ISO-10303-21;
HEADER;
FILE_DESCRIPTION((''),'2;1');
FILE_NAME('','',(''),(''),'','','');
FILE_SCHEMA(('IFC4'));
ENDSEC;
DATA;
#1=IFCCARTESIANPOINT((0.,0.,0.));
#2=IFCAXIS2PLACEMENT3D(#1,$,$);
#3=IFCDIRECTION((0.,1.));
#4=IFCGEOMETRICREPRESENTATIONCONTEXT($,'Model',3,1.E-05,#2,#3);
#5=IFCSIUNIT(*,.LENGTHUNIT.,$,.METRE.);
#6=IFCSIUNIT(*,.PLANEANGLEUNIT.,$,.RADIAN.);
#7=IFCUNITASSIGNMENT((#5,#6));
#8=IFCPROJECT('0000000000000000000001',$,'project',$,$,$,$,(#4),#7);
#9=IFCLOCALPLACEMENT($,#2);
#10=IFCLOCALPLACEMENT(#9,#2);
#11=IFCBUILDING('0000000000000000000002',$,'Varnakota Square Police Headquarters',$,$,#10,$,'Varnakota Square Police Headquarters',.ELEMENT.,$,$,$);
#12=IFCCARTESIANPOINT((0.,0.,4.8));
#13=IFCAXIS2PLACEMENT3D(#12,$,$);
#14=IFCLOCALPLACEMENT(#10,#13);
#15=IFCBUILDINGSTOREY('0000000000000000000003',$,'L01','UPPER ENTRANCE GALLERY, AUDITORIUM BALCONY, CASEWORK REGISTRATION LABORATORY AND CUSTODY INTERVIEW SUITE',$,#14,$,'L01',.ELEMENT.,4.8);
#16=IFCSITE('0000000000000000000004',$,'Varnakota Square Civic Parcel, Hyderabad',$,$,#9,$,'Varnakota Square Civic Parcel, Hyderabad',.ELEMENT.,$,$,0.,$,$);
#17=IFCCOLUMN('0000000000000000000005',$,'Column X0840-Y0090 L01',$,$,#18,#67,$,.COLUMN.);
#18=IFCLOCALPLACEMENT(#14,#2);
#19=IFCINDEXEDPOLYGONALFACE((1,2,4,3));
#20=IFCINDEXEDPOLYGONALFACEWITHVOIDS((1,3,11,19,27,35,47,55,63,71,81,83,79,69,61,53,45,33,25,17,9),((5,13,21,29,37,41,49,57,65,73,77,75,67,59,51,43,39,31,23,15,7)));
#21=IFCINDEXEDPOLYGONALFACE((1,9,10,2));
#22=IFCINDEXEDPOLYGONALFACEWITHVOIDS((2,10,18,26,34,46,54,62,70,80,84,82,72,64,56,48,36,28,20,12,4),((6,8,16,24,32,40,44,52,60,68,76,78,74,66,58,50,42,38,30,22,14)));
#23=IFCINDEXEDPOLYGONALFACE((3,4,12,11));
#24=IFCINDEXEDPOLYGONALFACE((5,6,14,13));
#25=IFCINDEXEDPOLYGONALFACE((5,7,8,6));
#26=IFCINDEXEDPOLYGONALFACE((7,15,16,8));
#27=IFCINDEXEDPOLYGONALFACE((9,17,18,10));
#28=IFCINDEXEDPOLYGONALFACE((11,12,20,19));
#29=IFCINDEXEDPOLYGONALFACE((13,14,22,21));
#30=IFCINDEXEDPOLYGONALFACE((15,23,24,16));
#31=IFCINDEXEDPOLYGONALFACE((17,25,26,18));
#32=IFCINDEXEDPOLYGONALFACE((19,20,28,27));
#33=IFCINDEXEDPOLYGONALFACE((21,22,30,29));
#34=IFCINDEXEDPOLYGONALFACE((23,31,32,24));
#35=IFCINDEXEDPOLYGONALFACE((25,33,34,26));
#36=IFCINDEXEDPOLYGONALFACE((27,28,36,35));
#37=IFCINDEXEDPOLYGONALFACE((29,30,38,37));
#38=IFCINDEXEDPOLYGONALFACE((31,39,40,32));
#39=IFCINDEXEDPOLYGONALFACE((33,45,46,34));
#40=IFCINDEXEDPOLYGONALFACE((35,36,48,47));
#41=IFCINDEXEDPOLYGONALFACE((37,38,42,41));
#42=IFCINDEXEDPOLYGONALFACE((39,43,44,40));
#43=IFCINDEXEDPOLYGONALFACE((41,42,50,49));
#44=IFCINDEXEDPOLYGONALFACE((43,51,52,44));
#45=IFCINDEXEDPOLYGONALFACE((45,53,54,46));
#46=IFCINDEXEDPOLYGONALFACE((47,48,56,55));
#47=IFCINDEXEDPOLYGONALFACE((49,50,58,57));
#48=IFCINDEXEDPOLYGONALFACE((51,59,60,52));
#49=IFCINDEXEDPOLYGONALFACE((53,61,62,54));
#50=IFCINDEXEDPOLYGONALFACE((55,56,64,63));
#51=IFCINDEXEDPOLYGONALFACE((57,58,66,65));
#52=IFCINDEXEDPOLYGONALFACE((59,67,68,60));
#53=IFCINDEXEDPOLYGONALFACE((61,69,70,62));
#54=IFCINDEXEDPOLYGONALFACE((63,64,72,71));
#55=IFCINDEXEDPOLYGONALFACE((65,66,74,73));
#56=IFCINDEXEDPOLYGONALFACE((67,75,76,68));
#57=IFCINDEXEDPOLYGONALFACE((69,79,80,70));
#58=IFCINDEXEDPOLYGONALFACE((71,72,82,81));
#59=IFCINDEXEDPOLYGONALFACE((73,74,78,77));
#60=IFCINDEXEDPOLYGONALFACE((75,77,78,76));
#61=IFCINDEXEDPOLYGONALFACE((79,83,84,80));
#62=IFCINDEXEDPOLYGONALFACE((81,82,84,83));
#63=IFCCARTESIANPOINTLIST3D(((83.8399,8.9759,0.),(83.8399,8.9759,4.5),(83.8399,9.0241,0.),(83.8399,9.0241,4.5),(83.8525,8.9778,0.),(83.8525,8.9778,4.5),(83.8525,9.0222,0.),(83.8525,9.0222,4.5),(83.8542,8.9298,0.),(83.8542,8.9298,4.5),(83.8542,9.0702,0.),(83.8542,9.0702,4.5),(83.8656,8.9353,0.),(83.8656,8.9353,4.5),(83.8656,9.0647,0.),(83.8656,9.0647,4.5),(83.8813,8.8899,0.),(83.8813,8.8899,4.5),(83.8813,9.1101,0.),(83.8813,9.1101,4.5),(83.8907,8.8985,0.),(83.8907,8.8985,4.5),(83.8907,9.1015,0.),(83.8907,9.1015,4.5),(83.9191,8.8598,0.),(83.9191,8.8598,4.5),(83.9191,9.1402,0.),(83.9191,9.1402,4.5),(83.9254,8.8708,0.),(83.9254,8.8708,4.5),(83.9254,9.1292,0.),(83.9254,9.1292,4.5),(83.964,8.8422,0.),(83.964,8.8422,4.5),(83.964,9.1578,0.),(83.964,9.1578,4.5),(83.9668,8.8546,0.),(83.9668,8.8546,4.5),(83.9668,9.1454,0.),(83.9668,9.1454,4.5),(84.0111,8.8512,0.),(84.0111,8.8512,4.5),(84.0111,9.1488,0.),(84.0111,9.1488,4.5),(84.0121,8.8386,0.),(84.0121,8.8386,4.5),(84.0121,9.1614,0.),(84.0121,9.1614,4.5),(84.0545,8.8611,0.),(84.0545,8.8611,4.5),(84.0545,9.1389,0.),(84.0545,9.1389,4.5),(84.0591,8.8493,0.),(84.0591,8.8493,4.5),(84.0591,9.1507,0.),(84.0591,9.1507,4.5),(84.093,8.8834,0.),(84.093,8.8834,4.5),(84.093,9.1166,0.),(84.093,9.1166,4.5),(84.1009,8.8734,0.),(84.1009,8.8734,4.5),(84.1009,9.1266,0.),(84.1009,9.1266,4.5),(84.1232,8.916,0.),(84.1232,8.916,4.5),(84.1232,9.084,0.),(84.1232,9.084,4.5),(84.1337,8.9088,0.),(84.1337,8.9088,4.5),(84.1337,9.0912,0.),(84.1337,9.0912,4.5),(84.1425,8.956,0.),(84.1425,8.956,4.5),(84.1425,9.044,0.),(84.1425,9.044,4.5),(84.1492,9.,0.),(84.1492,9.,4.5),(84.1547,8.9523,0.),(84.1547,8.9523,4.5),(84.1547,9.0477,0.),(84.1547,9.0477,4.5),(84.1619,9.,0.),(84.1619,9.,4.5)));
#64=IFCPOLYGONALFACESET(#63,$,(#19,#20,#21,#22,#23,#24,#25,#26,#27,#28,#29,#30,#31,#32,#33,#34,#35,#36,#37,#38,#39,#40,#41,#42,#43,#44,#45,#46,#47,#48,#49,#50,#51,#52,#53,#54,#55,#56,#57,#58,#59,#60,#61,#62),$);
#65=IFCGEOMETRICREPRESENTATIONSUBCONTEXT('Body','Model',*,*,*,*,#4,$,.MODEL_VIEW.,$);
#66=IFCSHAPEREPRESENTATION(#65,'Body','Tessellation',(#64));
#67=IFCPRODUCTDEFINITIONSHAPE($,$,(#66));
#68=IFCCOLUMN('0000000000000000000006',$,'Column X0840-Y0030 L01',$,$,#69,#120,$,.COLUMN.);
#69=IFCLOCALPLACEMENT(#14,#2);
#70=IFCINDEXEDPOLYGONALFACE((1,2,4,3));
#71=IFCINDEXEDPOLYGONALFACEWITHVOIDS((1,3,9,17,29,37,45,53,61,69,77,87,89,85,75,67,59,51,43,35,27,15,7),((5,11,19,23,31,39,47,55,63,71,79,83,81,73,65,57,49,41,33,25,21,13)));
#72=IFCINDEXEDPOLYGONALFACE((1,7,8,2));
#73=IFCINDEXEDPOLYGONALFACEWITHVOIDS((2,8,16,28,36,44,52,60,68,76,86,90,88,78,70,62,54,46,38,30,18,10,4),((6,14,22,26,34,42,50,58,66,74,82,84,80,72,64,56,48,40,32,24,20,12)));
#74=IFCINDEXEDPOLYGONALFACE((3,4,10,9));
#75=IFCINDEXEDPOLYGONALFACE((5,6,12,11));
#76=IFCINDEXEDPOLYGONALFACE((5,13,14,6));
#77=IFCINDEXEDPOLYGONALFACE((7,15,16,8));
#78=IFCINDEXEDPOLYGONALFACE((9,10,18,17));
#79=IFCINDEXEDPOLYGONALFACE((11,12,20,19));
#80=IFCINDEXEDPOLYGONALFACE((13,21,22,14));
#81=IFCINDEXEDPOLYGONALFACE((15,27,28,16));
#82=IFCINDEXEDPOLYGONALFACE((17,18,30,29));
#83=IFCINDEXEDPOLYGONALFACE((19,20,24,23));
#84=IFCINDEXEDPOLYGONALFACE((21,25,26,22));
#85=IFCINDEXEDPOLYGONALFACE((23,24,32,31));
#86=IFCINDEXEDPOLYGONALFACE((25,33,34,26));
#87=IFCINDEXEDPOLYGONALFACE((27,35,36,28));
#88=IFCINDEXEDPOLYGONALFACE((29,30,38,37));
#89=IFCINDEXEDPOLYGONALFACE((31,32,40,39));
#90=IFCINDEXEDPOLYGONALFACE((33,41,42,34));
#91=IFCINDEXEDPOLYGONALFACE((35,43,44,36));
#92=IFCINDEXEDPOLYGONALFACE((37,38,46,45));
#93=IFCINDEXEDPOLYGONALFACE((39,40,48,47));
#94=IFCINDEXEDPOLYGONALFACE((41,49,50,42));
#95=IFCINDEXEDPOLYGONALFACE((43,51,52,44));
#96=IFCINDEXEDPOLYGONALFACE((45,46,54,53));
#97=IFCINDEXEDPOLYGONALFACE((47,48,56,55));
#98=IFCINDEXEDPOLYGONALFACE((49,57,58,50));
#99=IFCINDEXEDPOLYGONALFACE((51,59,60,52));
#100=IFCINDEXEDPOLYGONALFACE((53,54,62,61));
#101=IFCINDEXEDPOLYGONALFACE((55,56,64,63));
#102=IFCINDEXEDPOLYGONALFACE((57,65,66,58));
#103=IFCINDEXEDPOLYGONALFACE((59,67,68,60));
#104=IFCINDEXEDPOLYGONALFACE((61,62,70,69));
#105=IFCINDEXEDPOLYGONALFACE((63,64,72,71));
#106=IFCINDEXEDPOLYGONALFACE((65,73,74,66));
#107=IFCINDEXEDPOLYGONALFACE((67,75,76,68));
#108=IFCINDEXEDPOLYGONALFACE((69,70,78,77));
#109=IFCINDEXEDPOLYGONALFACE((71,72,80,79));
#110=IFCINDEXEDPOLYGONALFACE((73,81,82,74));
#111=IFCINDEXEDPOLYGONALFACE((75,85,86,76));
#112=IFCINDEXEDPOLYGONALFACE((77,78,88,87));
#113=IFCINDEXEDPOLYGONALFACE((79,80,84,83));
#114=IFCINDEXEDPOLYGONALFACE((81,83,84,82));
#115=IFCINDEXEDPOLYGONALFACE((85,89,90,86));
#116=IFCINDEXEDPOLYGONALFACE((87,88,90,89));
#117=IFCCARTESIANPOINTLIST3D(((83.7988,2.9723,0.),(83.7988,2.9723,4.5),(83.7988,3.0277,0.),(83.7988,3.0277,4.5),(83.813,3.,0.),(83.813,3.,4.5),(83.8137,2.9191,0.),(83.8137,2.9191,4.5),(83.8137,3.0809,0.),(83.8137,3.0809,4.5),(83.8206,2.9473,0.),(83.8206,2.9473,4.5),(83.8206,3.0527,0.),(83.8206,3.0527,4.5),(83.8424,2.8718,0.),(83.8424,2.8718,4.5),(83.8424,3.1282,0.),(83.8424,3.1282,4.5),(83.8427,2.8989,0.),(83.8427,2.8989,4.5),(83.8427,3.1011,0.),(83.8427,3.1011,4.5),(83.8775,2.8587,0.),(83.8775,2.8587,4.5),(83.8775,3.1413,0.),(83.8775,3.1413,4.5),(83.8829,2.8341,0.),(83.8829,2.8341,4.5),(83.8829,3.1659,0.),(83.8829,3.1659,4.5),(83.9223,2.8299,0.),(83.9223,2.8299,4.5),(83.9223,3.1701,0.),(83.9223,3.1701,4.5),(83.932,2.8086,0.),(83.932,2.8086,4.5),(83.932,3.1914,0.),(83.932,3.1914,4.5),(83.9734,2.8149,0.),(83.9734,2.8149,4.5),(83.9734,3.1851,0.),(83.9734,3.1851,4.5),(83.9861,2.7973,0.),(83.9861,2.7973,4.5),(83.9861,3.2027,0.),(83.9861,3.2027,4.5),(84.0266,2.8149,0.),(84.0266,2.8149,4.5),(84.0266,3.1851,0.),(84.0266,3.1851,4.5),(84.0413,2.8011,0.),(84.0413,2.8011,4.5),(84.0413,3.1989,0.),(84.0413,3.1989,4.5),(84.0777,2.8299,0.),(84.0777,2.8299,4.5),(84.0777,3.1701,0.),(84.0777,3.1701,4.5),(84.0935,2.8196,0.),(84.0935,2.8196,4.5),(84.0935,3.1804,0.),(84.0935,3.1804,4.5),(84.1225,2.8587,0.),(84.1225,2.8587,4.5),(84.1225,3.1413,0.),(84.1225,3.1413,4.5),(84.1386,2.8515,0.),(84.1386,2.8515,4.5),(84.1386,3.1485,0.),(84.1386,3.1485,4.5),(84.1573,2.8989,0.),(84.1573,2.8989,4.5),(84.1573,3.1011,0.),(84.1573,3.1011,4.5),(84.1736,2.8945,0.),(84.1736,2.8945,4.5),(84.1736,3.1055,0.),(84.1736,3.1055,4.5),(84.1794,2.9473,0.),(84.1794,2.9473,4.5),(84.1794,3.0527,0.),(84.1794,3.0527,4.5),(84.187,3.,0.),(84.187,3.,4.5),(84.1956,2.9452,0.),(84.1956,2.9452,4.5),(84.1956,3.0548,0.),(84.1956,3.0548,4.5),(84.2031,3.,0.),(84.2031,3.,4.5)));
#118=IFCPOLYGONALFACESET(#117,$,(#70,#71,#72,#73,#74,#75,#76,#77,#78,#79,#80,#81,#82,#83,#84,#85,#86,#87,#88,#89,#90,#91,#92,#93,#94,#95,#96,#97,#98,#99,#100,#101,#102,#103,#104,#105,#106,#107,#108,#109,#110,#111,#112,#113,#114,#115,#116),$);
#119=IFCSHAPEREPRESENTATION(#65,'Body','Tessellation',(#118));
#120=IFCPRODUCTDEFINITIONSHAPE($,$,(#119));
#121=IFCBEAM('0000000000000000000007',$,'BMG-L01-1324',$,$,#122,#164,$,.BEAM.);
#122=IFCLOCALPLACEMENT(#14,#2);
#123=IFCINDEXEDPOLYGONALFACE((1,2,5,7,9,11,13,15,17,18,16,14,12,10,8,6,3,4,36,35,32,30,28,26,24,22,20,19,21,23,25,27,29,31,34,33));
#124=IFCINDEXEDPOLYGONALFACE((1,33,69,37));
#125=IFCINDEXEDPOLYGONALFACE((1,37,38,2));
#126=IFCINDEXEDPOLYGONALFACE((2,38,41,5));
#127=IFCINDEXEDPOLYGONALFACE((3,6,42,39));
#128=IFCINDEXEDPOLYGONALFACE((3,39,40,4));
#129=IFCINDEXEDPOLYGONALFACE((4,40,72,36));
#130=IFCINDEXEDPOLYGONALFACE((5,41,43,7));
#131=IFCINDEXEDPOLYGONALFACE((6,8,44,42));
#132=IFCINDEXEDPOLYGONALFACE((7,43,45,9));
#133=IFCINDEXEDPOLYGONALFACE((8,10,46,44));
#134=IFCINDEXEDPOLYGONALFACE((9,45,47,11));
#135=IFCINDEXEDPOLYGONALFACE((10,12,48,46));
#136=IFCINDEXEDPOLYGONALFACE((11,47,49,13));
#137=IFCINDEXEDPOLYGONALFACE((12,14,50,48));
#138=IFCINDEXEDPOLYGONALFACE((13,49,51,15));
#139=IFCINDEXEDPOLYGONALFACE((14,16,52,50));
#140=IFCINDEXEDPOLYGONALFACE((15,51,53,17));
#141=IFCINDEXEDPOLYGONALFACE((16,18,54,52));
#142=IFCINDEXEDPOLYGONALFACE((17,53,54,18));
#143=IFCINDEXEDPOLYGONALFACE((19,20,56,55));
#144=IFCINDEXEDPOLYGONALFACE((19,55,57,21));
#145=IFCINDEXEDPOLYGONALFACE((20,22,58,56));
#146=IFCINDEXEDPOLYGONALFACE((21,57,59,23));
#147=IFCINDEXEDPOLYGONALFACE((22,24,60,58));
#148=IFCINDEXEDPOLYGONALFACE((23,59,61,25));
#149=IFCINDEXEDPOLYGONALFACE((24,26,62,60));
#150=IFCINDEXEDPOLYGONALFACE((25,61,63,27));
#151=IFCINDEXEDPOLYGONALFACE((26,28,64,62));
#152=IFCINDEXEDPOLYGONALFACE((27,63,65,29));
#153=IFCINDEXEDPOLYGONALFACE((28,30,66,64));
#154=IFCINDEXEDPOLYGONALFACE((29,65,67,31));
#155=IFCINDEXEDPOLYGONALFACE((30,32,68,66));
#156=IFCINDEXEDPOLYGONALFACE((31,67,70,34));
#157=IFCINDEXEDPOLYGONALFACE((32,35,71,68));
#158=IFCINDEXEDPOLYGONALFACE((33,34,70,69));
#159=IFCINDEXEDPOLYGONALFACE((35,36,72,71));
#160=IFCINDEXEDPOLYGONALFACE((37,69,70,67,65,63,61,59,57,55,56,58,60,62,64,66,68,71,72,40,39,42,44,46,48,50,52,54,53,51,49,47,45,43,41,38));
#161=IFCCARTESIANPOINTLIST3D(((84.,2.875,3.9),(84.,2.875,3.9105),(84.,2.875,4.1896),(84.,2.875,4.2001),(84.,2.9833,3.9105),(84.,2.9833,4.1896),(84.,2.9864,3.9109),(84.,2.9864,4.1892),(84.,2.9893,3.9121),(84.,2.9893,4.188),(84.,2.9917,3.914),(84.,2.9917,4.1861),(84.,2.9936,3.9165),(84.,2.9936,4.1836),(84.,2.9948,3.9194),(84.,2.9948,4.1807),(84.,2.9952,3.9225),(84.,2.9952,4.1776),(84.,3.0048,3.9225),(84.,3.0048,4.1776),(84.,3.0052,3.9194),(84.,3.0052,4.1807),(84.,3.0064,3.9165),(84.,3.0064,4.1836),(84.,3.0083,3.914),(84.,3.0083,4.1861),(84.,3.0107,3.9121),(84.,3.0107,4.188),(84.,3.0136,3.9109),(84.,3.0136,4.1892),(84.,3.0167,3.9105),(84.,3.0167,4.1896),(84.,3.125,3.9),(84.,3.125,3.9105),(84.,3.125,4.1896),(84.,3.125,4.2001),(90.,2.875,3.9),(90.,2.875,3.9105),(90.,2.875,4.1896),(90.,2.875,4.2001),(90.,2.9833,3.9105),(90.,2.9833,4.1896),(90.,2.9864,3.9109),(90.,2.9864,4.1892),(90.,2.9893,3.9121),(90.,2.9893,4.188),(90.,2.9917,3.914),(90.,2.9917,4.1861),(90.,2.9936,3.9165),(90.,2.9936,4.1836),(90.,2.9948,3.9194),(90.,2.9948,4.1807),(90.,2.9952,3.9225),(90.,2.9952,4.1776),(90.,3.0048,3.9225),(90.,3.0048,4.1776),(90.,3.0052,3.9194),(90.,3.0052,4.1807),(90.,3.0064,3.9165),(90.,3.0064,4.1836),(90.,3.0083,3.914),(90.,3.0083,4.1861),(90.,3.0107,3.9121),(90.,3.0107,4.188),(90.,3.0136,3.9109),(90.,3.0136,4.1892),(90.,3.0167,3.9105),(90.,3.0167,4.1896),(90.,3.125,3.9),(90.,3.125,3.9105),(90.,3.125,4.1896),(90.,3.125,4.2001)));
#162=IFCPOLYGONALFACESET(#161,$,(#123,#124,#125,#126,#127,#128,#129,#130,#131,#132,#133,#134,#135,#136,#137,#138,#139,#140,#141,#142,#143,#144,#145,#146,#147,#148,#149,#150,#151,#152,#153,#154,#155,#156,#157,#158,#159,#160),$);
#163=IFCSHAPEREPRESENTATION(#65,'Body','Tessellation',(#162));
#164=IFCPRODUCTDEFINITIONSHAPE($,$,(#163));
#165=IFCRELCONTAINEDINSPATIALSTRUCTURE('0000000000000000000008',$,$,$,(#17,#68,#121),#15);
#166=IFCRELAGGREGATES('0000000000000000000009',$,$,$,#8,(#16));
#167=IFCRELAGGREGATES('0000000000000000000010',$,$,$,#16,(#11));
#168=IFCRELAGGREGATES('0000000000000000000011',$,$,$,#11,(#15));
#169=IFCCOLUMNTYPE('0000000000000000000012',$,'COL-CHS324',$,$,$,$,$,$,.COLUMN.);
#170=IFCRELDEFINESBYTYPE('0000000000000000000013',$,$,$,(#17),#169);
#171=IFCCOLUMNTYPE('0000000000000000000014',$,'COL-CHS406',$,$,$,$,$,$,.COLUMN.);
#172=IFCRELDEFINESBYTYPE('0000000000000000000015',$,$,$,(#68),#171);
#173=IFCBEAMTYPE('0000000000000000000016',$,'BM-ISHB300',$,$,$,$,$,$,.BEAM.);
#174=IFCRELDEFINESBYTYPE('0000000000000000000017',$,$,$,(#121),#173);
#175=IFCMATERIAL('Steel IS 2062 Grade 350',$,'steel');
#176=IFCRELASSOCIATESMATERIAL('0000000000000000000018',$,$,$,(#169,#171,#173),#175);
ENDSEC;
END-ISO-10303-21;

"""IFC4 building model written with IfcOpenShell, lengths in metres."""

from ifc_helpers import new_model, si_unit, direction, frame, origin, origin_2d, place, context, subcontext, project, spatial, hollow_circle, i_section, extrude, material, material_profile, profile_set, type_object, element, save


model = new_model("IFC4")

# Units and contexts
model_context = context("Model", 3, precision=1e-05, world=origin(), true_north=direction((0.0, 1.0)))
body_context = subcontext(model_context, "Body", "Model", "MODEL_VIEW")
ifc_project = project(units=[si_unit("LENGTHUNIT", "METRE"), si_unit("PLANEANGLEUNIT", "RADIAN")], contexts=[model_context])

# Site, building, storey
site_placement = place(None, origin())
site = spatial("IfcSite", under=ifc_project, at=site_placement, Name="Varnakota Square Civic Parcel, Hyderabad", LongName="Varnakota Square Civic Parcel, Hyderabad", CompositionType="ELEMENT", RefElevation=0.0)
building_placement = place(site_placement, origin())
building = spatial("IfcBuilding", under=site, at=building_placement, Name="Varnakota Square Police Headquarters", LongName="Varnakota Square Police Headquarters", CompositionType="ELEMENT")
storey_placement = place(building_placement, frame((0.0, 0.0, 4.8)))
storey = spatial("IfcBuildingStorey", under=building, at=storey_placement, Name="L01", Description="UPPER ENTRANCE GALLERY, AUDITORIUM BALCONY, CASEWORK REGISTRATION LABORATORY AND CUSTODY INTERVIEW SUITE", LongName="L01", CompositionType="ELEMENT", Elevation=4.8)

# Columns
ifc_material_1 = material(Name="Steel IS 2062 Grade 350", Category="steel")
ifc_material_profile_1 = material_profile(ifc_material_1, hollow_circle(Radius=0.1619, WallThickness=0.0127, at=origin_2d()), Name="CHS 323.9x12.7")
ifc_profile_set_1 = profile_set([ifc_material_profile_1], Name="Steel IS 2062 Grade 350")
column_type_1 = type_object("IfcColumnType", Name="COL-CHS324", PredefinedType="COLUMN", material=ifc_profile_set_1)
column_1_placement = place(storey_placement, frame((84.0, 9.0, 0.0), z_axis=(0.0, 0.0, 1.0), x_axis=(1.0, 0.0, 0.0)))
element("IfcColumn", 1, at=column_1_placement, inside=storey, type_object=column_type_1, Name="Column X0840-Y0090 L01", PredefinedType="COLUMN", context=body_context, shape_type="SweptSolid", body=[
    extrude(hollow_circle(Radius=0.1619, WallThickness=0.0127, at=origin_2d()), origin(), (0.0, 0.0, 1.0), 4.5),
])
ifc_material_profile_2 = material_profile(ifc_material_1, hollow_circle(Radius=0.2031, WallThickness=0.0161, at=origin_2d()), Name="CHS 406.4x16.0")
ifc_profile_set_2 = profile_set([ifc_material_profile_2], Name="Steel IS 2062 Grade 350")
column_type_2 = type_object("IfcColumnType", Name="COL-CHS406", PredefinedType="COLUMN", material=ifc_profile_set_2)
column_2_placement = place(storey_placement, frame((84.0, 3.0, 0.0), z_axis=(0.0, 0.0, 1.0), x_axis=(1.0, 0.0, 0.0)))
element("IfcColumn", 2, at=column_2_placement, inside=storey, type_object=column_type_2, Name="Column X0840-Y0030 L01", PredefinedType="COLUMN", context=body_context, shape_type="SweptSolid", body=[
    extrude(hollow_circle(Radius=0.2031, WallThickness=0.0161, at=origin_2d()), origin(), (0.0, 0.0, 1.0), 4.5),
])

# Beam
ifc_material_profile_3 = material_profile(ifc_material_1, i_section(OverallWidth=0.25, OverallDepth=0.3, WebThickness=0.0095, FlangeThickness=0.0105, FilletRadius=0.012, at=origin_2d()), Name="ISHB 300")
ifc_profile_set_3 = profile_set([ifc_material_profile_3], Name="Steel IS 2062 Grade 350")
beam_type_1 = type_object("IfcBeamType", Name="BM-ISHB300", PredefinedType="BEAM", material=ifc_profile_set_3)
beam_1_placement = place(storey_placement, frame((84.0, 3.0, 4.05), z_axis=(1.0, 0.0, 0.0), x_axis=(0.0, 1.0, 0.0)))
element("IfcBeam", 3, at=beam_1_placement, inside=storey, type_object=beam_type_1, Name="BMG-L01-1324", PredefinedType="BEAM", context=body_context, shape_type="SweptSolid", body=[
    extrude(i_section(OverallWidth=0.25, OverallDepth=0.3, WebThickness=0.0095, FlangeThickness=0.0105, FilletRadius=0.012, at=origin_2d()), origin(), (0.0, 0.0, 1.0), 6.0),
])

save(model, "model.ifc")
